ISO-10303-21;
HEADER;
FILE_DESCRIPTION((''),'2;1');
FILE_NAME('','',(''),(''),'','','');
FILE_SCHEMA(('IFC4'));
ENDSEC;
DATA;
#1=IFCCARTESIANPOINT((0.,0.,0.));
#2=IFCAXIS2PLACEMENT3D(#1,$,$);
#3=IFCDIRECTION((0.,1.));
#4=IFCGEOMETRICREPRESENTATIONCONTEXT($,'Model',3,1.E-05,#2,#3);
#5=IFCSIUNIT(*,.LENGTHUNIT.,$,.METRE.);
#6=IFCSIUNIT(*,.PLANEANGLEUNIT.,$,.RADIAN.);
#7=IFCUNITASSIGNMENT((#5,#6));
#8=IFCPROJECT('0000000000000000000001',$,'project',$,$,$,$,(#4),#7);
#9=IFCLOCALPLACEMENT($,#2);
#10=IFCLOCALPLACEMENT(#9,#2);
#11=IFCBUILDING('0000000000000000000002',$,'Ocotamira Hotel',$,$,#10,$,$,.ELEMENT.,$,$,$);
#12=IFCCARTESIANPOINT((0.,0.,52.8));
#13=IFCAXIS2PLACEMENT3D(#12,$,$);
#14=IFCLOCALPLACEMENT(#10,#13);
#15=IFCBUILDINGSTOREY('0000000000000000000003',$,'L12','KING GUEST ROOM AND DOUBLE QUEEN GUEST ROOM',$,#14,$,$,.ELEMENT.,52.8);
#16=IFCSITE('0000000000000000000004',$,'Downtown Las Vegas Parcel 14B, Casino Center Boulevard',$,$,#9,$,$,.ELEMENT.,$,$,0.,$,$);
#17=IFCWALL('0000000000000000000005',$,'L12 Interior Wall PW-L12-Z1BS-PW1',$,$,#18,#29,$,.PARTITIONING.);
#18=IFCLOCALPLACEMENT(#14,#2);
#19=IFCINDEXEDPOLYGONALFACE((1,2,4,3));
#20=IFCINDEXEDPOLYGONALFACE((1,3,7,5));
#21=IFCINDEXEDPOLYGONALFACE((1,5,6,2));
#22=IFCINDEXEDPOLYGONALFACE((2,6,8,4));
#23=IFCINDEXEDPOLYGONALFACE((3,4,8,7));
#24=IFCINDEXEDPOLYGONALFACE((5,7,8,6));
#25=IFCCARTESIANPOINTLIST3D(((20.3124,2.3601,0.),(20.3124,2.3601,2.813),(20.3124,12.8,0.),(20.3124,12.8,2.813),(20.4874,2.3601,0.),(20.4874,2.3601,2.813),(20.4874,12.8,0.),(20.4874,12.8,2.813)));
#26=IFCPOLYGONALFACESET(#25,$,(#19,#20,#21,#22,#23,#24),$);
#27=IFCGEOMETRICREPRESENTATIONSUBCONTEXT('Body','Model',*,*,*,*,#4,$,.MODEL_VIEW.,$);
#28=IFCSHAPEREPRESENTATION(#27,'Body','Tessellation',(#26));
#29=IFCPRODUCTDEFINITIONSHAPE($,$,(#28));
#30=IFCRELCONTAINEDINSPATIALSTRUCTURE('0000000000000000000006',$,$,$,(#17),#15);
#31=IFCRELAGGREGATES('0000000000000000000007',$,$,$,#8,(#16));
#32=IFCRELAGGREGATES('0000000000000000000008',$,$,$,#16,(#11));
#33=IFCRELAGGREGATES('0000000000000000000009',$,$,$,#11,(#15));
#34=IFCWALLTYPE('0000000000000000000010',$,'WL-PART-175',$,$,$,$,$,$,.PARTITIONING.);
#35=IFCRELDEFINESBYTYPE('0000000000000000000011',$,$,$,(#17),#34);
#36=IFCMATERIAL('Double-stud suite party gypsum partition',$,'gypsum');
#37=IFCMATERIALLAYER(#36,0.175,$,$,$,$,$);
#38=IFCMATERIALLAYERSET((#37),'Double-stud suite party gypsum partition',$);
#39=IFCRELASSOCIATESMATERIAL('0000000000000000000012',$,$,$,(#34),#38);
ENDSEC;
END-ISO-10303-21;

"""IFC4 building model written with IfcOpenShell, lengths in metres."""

from ifc_helpers import new_model, si_unit, direction, frame, frame_2d, origin, place, context, subcontext, project, spatial, rectangle, extrude, material, layer, layer_set, type_object, element, save


model = new_model("IFC4")

# Units and contexts
model_context = context("Model", 3, precision=1e-05, world=origin(), true_north=direction((0.0, 1.0)))
body_context = subcontext(model_context, "Body", "Model", "MODEL_VIEW")
ifc_project = project(units=[si_unit("LENGTHUNIT", "METRE"), si_unit("PLANEANGLEUNIT", "RADIAN")], contexts=[model_context])

# Site, building, storey
site_placement = place(None, origin())
site = spatial("IfcSite", under=ifc_project, at=site_placement, Name="Downtown Las Vegas Parcel 14B, Casino Center Boulevard", CompositionType="ELEMENT", RefElevation=0.0)
building_placement = place(site_placement, origin())
building = spatial("IfcBuilding", under=site, at=building_placement, Name="Ocotamira Hotel", CompositionType="ELEMENT")
storey_placement = place(building_placement, frame((0.0, 0.0, 52.8)))
storey = spatial("IfcBuildingStorey", under=building, at=storey_placement, Name="L12", Description="KING GUEST ROOM AND DOUBLE QUEEN GUEST ROOM", CompositionType="ELEMENT", Elevation=52.8)

# Wall
ifc_material_1 = material(Name="Double-stud suite party gypsum partition", Category="gypsum")
ifc_layer_1 = layer(ifc_material_1, 0.175)
ifc_layer_set_1 = layer_set([ifc_layer_1], Name="Double-stud suite party gypsum partition")
wall_type_1 = type_object("IfcWallType", Name="WL-PART-175", PredefinedType="PARTITIONING", material=ifc_layer_set_1)
wall_1_placement = place(storey_placement, frame((20.3999, 2.3601, 0.0), z_axis=(0.0, 0.0, 1.0), x_axis=(0.0, 1.0, 0.0)))
element("IfcWall", 1, at=wall_1_placement, inside=storey, type_object=wall_type_1, Name="L12 Interior Wall PW-L12-Z1BS-PW1", PredefinedType="PARTITIONING", context=body_context, shape_type="SweptSolid", body=[
    extrude(rectangle(XDim=10.4399, YDim=0.175, at=frame_2d((5.22, 0.0))), origin(), (0.0, 0.0, 1.0), 2.813),
])

save(model, "model.ifc")
